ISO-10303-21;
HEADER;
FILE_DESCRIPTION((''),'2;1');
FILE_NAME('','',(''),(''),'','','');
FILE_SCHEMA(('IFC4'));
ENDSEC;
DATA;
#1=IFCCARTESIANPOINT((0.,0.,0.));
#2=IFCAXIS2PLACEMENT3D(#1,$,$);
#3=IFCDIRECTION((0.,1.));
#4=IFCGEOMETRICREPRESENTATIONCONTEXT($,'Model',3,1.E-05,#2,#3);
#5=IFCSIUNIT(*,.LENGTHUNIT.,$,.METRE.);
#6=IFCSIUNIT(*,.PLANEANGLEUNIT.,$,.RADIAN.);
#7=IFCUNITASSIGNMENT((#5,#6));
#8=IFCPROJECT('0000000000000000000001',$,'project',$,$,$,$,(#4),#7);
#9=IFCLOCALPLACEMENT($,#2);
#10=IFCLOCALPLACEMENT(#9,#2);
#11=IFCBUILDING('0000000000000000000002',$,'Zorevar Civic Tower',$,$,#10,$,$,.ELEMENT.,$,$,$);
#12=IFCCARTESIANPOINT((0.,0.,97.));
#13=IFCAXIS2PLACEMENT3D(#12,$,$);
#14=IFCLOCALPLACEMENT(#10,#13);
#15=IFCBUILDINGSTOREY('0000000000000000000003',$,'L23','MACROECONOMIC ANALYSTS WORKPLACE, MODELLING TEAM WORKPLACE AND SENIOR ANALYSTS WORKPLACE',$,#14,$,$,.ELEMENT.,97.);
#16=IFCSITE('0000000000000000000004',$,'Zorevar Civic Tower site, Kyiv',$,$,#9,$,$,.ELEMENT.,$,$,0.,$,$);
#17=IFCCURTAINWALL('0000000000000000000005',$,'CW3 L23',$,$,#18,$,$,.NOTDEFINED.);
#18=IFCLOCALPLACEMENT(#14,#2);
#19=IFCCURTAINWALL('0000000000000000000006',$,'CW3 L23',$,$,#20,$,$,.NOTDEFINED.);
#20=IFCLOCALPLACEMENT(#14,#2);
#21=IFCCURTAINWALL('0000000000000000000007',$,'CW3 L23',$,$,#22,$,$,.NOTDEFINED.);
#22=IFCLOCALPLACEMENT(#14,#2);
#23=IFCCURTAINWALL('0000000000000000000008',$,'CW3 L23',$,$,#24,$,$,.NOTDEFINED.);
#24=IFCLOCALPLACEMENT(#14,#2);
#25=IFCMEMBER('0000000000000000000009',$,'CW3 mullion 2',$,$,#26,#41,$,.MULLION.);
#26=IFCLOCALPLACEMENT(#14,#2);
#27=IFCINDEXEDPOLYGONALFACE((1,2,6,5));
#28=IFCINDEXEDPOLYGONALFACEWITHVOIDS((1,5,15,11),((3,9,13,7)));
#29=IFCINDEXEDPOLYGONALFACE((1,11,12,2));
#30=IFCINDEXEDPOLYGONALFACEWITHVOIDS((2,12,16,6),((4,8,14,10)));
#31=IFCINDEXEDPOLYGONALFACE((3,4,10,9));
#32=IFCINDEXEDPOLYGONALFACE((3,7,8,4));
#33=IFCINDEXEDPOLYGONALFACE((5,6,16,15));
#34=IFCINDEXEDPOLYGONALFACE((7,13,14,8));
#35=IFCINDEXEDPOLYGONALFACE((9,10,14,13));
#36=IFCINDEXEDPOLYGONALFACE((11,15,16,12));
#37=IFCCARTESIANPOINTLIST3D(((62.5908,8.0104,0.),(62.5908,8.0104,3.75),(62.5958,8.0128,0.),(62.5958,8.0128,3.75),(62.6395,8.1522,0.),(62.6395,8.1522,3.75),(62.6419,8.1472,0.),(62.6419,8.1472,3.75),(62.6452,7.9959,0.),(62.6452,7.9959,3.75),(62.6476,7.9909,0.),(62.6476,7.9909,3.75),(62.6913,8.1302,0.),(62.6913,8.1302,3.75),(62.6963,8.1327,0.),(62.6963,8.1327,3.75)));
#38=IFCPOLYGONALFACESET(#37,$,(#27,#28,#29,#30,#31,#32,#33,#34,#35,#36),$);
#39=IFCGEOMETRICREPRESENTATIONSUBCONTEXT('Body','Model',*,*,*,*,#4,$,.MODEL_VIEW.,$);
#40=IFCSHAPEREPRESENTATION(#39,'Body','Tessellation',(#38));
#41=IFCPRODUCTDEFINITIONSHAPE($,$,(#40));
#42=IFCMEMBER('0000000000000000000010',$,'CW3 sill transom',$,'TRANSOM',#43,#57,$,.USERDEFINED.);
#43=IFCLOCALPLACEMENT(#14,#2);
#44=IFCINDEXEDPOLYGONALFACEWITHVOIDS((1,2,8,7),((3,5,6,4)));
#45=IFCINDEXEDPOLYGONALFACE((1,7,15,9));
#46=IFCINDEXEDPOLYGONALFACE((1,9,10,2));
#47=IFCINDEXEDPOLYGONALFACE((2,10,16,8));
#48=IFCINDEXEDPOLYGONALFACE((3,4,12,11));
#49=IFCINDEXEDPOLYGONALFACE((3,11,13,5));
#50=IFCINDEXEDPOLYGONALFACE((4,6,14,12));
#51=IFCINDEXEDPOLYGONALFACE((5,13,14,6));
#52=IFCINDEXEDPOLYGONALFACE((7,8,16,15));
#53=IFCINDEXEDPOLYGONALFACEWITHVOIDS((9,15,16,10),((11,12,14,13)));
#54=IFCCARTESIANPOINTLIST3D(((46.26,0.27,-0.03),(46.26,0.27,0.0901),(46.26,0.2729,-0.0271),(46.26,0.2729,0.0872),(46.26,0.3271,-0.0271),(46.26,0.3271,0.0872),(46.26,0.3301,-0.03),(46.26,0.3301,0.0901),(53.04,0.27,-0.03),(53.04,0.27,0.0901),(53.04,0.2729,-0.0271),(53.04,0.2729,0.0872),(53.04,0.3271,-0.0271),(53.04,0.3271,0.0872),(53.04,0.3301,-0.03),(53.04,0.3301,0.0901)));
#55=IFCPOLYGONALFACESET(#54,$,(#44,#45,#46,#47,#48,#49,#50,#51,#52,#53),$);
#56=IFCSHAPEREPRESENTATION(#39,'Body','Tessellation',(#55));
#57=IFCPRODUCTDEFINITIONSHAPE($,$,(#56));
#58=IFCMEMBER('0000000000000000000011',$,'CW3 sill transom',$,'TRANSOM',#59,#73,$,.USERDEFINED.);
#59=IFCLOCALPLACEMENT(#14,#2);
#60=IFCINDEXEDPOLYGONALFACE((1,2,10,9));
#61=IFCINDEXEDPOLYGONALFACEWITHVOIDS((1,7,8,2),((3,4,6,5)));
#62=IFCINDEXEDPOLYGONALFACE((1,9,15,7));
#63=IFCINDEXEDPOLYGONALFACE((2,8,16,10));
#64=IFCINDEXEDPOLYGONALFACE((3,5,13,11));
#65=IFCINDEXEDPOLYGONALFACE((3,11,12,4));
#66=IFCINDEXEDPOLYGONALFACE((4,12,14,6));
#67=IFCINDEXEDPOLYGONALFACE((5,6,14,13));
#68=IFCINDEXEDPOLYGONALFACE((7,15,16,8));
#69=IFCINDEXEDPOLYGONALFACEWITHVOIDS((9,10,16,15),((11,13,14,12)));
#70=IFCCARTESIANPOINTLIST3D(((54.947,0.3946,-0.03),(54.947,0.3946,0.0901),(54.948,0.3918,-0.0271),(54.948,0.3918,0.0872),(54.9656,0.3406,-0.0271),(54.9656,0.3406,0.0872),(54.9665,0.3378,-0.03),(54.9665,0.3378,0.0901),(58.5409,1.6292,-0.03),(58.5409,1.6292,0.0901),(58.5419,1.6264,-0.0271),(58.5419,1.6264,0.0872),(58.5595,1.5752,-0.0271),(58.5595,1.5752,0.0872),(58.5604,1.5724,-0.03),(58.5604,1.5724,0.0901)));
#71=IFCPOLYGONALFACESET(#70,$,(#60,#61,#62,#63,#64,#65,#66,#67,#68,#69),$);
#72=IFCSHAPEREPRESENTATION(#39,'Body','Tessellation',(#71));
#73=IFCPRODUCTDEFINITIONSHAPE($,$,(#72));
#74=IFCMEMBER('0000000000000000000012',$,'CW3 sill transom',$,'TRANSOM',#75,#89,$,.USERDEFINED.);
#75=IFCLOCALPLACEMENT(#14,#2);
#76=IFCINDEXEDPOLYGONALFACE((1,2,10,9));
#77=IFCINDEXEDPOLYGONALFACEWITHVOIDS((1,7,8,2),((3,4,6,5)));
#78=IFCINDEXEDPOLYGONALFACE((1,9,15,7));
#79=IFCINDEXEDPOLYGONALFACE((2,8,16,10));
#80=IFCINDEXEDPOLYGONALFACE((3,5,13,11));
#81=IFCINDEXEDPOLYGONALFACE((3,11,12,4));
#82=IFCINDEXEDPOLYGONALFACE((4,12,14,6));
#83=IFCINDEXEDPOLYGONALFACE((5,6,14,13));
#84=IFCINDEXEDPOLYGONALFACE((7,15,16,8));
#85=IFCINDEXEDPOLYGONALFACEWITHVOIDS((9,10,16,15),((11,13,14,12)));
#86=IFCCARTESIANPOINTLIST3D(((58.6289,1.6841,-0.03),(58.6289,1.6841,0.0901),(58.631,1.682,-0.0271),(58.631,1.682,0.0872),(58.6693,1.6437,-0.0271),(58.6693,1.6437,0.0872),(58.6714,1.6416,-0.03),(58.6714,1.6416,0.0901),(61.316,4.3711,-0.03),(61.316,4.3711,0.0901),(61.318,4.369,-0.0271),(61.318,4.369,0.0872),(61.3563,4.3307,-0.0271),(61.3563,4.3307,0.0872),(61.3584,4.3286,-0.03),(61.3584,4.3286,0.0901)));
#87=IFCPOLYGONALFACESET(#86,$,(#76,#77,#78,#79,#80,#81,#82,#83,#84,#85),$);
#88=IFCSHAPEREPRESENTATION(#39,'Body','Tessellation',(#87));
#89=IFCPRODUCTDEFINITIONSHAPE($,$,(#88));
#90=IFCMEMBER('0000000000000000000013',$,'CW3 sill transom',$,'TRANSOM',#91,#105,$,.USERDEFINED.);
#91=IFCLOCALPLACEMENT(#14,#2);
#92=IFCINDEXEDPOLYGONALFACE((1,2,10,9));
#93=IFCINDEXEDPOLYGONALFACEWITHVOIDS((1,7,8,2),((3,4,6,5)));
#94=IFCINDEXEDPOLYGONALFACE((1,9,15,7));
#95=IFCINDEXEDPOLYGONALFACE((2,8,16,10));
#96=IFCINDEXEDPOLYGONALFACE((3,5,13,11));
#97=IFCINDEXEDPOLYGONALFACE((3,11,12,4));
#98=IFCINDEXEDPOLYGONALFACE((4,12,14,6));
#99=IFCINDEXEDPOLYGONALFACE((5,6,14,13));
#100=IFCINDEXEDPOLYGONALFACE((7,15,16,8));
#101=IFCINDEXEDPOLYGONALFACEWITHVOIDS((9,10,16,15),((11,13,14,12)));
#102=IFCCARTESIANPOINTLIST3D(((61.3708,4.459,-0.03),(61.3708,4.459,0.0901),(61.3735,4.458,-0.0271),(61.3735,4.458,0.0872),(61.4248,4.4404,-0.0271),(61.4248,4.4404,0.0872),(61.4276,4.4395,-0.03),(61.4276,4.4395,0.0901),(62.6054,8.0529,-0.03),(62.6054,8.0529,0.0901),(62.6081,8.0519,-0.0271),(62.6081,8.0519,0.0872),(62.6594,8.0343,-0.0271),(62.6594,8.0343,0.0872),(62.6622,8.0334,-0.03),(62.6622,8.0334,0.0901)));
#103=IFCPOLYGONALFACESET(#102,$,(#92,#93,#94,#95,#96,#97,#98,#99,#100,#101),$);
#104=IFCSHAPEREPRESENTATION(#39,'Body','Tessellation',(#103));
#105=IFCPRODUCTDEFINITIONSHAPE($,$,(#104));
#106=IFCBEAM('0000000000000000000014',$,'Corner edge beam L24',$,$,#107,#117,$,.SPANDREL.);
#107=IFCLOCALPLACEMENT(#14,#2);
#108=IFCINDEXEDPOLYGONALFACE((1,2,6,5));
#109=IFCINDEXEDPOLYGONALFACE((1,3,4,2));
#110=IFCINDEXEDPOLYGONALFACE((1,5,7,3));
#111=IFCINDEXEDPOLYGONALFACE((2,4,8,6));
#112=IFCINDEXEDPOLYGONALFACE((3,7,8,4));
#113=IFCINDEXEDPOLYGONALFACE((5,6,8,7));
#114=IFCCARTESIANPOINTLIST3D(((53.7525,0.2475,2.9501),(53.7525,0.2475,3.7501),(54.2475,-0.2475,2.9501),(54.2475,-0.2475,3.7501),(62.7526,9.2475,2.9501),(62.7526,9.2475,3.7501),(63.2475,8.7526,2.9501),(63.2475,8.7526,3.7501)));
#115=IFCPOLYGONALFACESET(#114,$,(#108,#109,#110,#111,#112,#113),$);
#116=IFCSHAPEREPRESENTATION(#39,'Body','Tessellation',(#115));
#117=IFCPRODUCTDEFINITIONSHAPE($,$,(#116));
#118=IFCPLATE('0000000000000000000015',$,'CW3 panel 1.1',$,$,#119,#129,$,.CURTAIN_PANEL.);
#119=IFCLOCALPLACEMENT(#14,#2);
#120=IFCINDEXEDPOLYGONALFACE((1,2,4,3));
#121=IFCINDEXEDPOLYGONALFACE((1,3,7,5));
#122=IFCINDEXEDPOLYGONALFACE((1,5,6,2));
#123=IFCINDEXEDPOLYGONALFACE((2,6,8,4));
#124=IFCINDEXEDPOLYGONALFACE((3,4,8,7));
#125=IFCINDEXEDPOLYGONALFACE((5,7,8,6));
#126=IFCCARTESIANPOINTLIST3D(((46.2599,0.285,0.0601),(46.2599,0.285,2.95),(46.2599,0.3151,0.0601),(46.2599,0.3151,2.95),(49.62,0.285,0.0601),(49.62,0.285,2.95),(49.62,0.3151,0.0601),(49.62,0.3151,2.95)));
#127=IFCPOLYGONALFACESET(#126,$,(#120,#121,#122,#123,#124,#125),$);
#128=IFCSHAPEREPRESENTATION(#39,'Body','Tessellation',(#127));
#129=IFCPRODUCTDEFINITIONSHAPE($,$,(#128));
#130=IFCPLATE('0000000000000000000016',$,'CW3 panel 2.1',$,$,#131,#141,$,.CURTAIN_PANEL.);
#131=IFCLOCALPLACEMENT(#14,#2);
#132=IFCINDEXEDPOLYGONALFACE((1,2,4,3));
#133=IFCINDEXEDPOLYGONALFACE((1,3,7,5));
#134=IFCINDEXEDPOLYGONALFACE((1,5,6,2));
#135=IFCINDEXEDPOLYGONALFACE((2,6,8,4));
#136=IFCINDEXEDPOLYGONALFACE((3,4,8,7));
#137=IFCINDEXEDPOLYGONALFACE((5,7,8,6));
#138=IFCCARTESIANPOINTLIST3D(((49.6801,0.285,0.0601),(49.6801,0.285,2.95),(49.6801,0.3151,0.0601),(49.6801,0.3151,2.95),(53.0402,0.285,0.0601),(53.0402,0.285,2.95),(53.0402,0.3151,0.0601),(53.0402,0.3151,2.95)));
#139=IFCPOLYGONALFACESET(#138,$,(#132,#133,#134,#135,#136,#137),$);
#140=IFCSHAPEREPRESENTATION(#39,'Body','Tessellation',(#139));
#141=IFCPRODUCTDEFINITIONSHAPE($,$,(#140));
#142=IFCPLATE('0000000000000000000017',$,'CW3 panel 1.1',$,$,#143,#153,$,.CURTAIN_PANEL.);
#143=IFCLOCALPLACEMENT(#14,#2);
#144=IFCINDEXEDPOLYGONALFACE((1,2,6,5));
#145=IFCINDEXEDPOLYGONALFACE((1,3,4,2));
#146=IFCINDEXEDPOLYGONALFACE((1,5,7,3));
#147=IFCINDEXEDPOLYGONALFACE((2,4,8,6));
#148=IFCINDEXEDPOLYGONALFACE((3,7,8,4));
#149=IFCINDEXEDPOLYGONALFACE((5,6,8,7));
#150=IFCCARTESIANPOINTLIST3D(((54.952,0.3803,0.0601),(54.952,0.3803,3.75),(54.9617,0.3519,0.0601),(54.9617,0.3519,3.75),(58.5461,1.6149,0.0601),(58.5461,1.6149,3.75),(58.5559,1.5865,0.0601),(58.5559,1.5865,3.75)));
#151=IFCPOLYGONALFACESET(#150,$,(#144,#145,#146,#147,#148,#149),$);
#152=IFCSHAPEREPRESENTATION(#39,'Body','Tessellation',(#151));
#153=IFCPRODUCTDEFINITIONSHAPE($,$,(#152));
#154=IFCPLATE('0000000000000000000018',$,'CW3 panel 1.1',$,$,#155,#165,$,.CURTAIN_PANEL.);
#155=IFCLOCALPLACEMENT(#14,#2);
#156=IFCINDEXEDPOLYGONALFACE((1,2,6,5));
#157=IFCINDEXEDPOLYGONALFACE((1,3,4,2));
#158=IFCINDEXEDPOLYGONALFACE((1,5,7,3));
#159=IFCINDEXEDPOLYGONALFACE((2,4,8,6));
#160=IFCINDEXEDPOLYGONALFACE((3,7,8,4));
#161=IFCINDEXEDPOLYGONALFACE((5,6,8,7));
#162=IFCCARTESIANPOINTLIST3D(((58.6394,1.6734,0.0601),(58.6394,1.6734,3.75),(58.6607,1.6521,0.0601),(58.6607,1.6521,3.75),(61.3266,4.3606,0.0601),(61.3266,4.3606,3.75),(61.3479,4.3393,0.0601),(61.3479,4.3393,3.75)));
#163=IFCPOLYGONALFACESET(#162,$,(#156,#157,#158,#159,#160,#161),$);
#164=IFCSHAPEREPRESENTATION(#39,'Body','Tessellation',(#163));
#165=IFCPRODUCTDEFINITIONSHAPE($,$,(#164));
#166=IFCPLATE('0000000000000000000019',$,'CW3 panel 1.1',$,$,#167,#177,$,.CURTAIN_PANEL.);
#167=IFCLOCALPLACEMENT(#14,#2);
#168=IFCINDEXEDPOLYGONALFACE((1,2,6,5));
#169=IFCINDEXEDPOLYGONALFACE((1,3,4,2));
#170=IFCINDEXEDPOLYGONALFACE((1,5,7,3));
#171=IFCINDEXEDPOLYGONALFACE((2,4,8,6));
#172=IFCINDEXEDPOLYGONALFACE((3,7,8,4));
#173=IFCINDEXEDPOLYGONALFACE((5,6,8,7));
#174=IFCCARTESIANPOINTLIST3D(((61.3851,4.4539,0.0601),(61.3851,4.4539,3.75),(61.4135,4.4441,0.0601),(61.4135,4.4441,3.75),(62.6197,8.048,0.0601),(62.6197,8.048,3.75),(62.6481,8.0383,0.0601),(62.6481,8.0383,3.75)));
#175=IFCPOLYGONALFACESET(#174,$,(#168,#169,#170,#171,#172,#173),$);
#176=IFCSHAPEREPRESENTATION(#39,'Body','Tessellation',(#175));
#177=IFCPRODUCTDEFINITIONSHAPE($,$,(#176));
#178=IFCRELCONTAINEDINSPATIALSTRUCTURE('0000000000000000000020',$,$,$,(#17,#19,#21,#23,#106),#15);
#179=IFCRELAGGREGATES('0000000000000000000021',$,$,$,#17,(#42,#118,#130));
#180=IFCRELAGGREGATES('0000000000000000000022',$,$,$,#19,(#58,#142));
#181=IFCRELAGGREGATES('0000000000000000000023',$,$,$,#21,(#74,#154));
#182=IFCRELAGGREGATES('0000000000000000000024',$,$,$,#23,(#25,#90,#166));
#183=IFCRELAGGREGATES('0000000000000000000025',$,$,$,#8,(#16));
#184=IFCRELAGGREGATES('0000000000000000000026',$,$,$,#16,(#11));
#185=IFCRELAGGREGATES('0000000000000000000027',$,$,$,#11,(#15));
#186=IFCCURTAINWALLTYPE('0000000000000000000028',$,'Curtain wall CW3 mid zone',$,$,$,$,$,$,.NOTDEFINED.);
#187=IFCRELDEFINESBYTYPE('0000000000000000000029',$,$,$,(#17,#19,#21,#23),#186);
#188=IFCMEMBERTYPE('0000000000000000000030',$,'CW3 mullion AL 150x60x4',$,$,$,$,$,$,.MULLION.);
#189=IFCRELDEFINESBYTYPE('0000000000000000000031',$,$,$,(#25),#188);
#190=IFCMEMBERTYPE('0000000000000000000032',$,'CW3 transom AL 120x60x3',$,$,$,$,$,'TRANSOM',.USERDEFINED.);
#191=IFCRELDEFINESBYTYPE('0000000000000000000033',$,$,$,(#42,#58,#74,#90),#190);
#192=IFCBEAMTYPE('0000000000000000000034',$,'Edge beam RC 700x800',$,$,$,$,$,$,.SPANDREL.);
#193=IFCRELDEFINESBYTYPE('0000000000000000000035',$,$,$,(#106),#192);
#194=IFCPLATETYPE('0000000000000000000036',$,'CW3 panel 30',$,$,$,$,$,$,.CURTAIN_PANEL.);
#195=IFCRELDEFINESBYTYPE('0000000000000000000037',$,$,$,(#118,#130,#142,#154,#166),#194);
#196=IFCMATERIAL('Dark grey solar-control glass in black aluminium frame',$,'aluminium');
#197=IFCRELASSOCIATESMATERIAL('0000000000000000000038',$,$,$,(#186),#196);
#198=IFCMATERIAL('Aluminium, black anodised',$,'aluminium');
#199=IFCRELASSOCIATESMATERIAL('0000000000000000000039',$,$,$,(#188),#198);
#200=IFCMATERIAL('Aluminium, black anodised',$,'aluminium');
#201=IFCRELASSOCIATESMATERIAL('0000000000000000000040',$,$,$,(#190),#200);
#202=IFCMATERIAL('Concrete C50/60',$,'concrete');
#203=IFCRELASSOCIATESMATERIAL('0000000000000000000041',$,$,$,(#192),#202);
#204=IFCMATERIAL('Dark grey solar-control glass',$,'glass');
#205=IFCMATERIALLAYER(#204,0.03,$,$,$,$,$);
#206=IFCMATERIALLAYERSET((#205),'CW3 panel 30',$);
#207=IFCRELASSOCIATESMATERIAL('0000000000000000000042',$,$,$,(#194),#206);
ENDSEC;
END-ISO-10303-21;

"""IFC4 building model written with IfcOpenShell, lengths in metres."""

from ifc_helpers import new_model, si_unit, direction, frame, origin, origin_2d, place, context, subcontext, project, spatial, rectangle, hollow_rectangle, extrude, material, layer, layer_set, material_profile, profile_set, type_object, element, aggregate, save


model = new_model("IFC4")

# Units and contexts
model_context = context("Model", 3, precision=1e-05, world=origin(), true_north=direction((0.0, 1.0)))
body_context = subcontext(model_context, "Body", "Model", "MODEL_VIEW")
ifc_project = project(units=[si_unit("LENGTHUNIT", "METRE"), si_unit("PLANEANGLEUNIT", "RADIAN")], contexts=[model_context])

# Site, building, storey
site_placement = place(None, origin())
site = spatial("IfcSite", under=ifc_project, at=site_placement, Name="Zorevar Civic Tower site, Kyiv", CompositionType="ELEMENT", RefElevation=0.0)
building_placement = place(site_placement, origin())
building = spatial("IfcBuilding", under=site, at=building_placement, Name="Zorevar Civic Tower", CompositionType="ELEMENT")
storey_placement = place(building_placement, frame((0.0, 0.0, 97.0)))
storey = spatial("IfcBuildingStorey", under=building, at=storey_placement, Name="L23", Description="MACROECONOMIC ANALYSTS WORKPLACE, MODELLING TEAM WORKPLACE AND SENIOR ANALYSTS WORKPLACE", CompositionType="ELEMENT", Elevation=97.0)

# Curtain walls, member
ifc_material_1 = material(Name="Dark grey solar-control glass in black aluminium frame", Category="aluminium")
curtain_wall_type = type_object("IfcCurtainWallType", Name="Curtain wall CW3 mid zone", PredefinedType="NOTDEFINED", material=ifc_material_1)
curtain_wall_1_placement = place(storey_placement, origin())
curtain_wall_1 = element("IfcCurtainWall", 1, at=curtain_wall_1_placement, inside=storey, type_object=curtain_wall_type, Name="CW3 L23", PredefinedType="NOTDEFINED")
ifc_material_2 = material(Name="Aluminium, black anodised", Category="aluminium")
ifc_material_profile_1 = material_profile(ifc_material_2, hollow_rectangle(XDim=0.0601, YDim=0.1499, WallThickness=0.0039, at=origin_2d()), Name="AL 150x60x4")
ifc_profile_set_1 = profile_set([ifc_material_profile_1], Name="Aluminium, black anodised")
member_type_1 = type_object("IfcMemberType", Name="CW3 mullion AL 150x60x4", PredefinedType="MULLION", material=ifc_profile_set_1)
curtain_wall_2_placement = place(storey_placement, origin())
curtain_wall_2 = element("IfcCurtainWall", 2, at=curtain_wall_2_placement, inside=storey, type_object=curtain_wall_type, Name="CW3 L23", PredefinedType="NOTDEFINED")
curtain_wall_3_placement = place(storey_placement, origin())
curtain_wall_3 = element("IfcCurtainWall", 3, at=curtain_wall_3_placement, inside=storey, type_object=curtain_wall_type, Name="CW3 L23", PredefinedType="NOTDEFINED")
curtain_wall_4_placement = place(storey_placement, origin())
curtain_wall_4 = element("IfcCurtainWall", 4, at=curtain_wall_4_placement, inside=storey, type_object=curtain_wall_type, Name="CW3 L23", PredefinedType="NOTDEFINED")
member_1_placement = place(storey_placement, frame((62.6436, 8.0715, 0.0), z_axis=(0.0, 0.0, 1.0), x_axis=(-0.945756, 0.324878, 0.0)))
member_1 = element("IfcMember", 5, at=member_1_placement, type_object=member_type_1, Name="CW3 mullion 2", PredefinedType="MULLION", context=body_context, shape_type="SweptSolid", body=[
    extrude(hollow_rectangle(XDim=0.0601, YDim=0.1499, WallThickness=0.0039, at=origin_2d()), origin(), (0.0, 0.0, 1.0), 3.75),
])

# Members
ifc_material_3 = material(Name="Aluminium, black anodised", Category="aluminium")
ifc_material_profile_2 = material_profile(ifc_material_3, hollow_rectangle(XDim=0.0601, YDim=0.1201, WallThickness=0.0029, at=origin_2d()), Name="AL 120x60x3")
ifc_profile_set_2 = profile_set([ifc_material_profile_2], Name="Aluminium, black anodised")
member_type_2 = type_object("IfcMemberType", Name="CW3 transom AL 120x60x3", ElementType="TRANSOM", PredefinedType="USERDEFINED", material=ifc_profile_set_2)
member_2_placement = place(storey_placement, frame((46.26, 0.3, 0.03), z_axis=(1.0, 0.0, 0.0), x_axis=(0.0, 1.0, 0.0)))
member_2 = element("IfcMember", 6, at=member_2_placement, type_object=member_type_2, Name="CW3 sill transom", ObjectType="TRANSOM", PredefinedType="USERDEFINED", context=body_context, shape_type="SweptSolid", body=[
    extrude(hollow_rectangle(XDim=0.0601, YDim=0.1201, WallThickness=0.0029, at=origin_2d()), origin(), (0.0, 0.0, 1.0), 6.78),
])
member_3_placement = place(storey_placement, frame((54.9568, 0.3662, 0.03), z_axis=(0.945753, 0.324888, 0.0), x_axis=(-0.324888, 0.945753, 0.0)))
member_3 = element("IfcMember", 7, at=member_3_placement, type_object=member_type_2, Name="CW3 sill transom", ObjectType="TRANSOM", PredefinedType="USERDEFINED", context=body_context, shape_type="SweptSolid", body=[
    extrude(hollow_rectangle(XDim=0.0601, YDim=0.1201, WallThickness=0.0029, at=origin_2d()), origin(), (0.0, 0.0, 1.0), 3.8),
])
member_4_placement = place(storey_placement, frame((58.6501, 1.6628, 0.03), z_axis=(0.707107, 0.707107, 0.0), x_axis=(-0.707107, 0.707107, 0.0)))
member_4 = element("IfcMember", 8, at=member_4_placement, type_object=member_type_2, Name="CW3 sill transom", ObjectType="TRANSOM", PredefinedType="USERDEFINED", context=body_context, shape_type="SweptSolid", body=[
    extrude(hollow_rectangle(XDim=0.0601, YDim=0.1201, WallThickness=0.0029, at=origin_2d()), origin(), (0.0, 0.0, 1.0), 3.8),
])
member_5_placement = place(storey_placement, frame((61.3992, 4.4492, 0.03), z_axis=(0.324888, 0.945753, 0.0), x_axis=(-0.945753, 0.324888, 0.0)))
member_5 = element("IfcMember", 9, at=member_5_placement, type_object=member_type_2, Name="CW3 sill transom", ObjectType="TRANSOM", PredefinedType="USERDEFINED", context=body_context, shape_type="SweptSolid", body=[
    extrude(hollow_rectangle(XDim=0.0601, YDim=0.1201, WallThickness=0.0029, at=origin_2d()), origin(), (0.0, 0.0, 1.0), 3.8),
])

# Beam
ifc_material_4 = material(Name="Concrete C50/60", Category="concrete")
ifc_material_profile_3 = material_profile(ifc_material_4, rectangle(XDim=0.7, YDim=0.8, at=origin_2d()), Name="RC 700x800")
ifc_profile_set_3 = profile_set([ifc_material_profile_3], Name="Concrete C50/60")
beam_type_1 = type_object("IfcBeamType", Name="Edge beam RC 700x800", PredefinedType="SPANDREL", material=ifc_profile_set_3)
beam_1_placement = place(storey_placement, frame((54.0, 0.0, 3.3501), z_axis=(0.707107, 0.707107, 0.0), x_axis=(-0.707107, 0.707107, 0.0)))
element("IfcBeam", 10, at=beam_1_placement, inside=storey, type_object=beam_type_1, Name="Corner edge beam L24", PredefinedType="SPANDREL", context=body_context, shape_type="SweptSolid", body=[
    extrude(rectangle(XDim=0.7, YDim=0.8, at=origin_2d()), origin(), (0.0, 0.0, 1.0), 12.728),
])

# Plates
ifc_material_5 = material(Name="Dark grey solar-control glass", Category="glass")
ifc_layer_1 = layer(ifc_material_5, 0.03)
ifc_layer_set_1 = layer_set([ifc_layer_1], Name="CW3 panel 30")
plate_type = type_object("IfcPlateType", Name="CW3 panel 30", PredefinedType="CURTAIN_PANEL", material=ifc_layer_set_1)
plate_1_placement = place(storey_placement, frame((47.9399, 0.3, 0.0601), z_axis=(0.0, 0.0, 1.0), x_axis=(1.0, 0.0, 0.0)))
plate_1 = element("IfcPlate", 11, at=plate_1_placement, type_object=plate_type, Name="CW3 panel 1.1", PredefinedType="CURTAIN_PANEL", context=body_context, shape_type="SweptSolid", body=[
    extrude(rectangle(XDim=3.3601, YDim=0.03, at=origin_2d()), origin(), (0.0, 0.0, 1.0), 2.8899),
])
plate_2_placement = place(storey_placement, frame((51.3601, 0.3, 0.0601), z_axis=(0.0, 0.0, 1.0), x_axis=(1.0, 0.0, 0.0)))
plate_2 = element("IfcPlate", 12, at=plate_2_placement, type_object=plate_type, Name="CW3 panel 2.1", PredefinedType="CURTAIN_PANEL", context=body_context, shape_type="SweptSolid", body=[
    extrude(rectangle(XDim=3.3601, YDim=0.03, at=origin_2d()), origin(), (0.0, 0.0, 1.0), 2.8899),
])
aggregate(curtain_wall_1, [member_2, plate_1, plate_2])
plate_3_placement = place(storey_placement, frame((56.7539, 0.9834, 0.0601), z_axis=(0.0, 0.0, 1.0), x_axis=(0.945756, 0.324878, 0.0)))
plate_3 = element("IfcPlate", 13, at=plate_3_placement, type_object=plate_type, Name="CW3 panel 1.1", PredefinedType="CURTAIN_PANEL", context=body_context, shape_type="SweptSolid", body=[
    extrude(rectangle(XDim=3.8003, YDim=0.03, at=origin_2d()), origin(), (0.0, 0.0, 1.0), 3.6899),
])
aggregate(curtain_wall_2, [member_3, plate_3])
plate_4_placement = place(storey_placement, frame((59.9937, 3.0063, 0.0601), z_axis=(0.0, 0.0, 1.0), x_axis=(0.707107, 0.707107, 0.0)))
plate_4 = element("IfcPlate", 14, at=plate_4_placement, type_object=plate_type, Name="CW3 panel 1.1", PredefinedType="CURTAIN_PANEL", context=body_context, shape_type="SweptSolid", body=[
    extrude(rectangle(XDim=3.8003, YDim=0.03, at=origin_2d()), origin(), (0.0, 0.0, 1.0), 3.6899),
])
aggregate(curtain_wall_3, [member_4, plate_4])
plate_5_placement = place(storey_placement, frame((62.0166, 6.2461, 0.0601), z_axis=(0.0, 0.0, 1.0), x_axis=(0.324878, 0.945756, 0.0)))
plate_5 = element("IfcPlate", 15, at=plate_5_placement, type_object=plate_type, Name="CW3 panel 1.1", PredefinedType="CURTAIN_PANEL", context=body_context, shape_type="SweptSolid", body=[
    extrude(rectangle(XDim=3.8003, YDim=0.03, at=origin_2d()), origin(), (0.0, 0.0, 1.0), 3.6899),
])
aggregate(curtain_wall_4, [member_1, member_5, plate_5])

save(model, "model.ifc")
